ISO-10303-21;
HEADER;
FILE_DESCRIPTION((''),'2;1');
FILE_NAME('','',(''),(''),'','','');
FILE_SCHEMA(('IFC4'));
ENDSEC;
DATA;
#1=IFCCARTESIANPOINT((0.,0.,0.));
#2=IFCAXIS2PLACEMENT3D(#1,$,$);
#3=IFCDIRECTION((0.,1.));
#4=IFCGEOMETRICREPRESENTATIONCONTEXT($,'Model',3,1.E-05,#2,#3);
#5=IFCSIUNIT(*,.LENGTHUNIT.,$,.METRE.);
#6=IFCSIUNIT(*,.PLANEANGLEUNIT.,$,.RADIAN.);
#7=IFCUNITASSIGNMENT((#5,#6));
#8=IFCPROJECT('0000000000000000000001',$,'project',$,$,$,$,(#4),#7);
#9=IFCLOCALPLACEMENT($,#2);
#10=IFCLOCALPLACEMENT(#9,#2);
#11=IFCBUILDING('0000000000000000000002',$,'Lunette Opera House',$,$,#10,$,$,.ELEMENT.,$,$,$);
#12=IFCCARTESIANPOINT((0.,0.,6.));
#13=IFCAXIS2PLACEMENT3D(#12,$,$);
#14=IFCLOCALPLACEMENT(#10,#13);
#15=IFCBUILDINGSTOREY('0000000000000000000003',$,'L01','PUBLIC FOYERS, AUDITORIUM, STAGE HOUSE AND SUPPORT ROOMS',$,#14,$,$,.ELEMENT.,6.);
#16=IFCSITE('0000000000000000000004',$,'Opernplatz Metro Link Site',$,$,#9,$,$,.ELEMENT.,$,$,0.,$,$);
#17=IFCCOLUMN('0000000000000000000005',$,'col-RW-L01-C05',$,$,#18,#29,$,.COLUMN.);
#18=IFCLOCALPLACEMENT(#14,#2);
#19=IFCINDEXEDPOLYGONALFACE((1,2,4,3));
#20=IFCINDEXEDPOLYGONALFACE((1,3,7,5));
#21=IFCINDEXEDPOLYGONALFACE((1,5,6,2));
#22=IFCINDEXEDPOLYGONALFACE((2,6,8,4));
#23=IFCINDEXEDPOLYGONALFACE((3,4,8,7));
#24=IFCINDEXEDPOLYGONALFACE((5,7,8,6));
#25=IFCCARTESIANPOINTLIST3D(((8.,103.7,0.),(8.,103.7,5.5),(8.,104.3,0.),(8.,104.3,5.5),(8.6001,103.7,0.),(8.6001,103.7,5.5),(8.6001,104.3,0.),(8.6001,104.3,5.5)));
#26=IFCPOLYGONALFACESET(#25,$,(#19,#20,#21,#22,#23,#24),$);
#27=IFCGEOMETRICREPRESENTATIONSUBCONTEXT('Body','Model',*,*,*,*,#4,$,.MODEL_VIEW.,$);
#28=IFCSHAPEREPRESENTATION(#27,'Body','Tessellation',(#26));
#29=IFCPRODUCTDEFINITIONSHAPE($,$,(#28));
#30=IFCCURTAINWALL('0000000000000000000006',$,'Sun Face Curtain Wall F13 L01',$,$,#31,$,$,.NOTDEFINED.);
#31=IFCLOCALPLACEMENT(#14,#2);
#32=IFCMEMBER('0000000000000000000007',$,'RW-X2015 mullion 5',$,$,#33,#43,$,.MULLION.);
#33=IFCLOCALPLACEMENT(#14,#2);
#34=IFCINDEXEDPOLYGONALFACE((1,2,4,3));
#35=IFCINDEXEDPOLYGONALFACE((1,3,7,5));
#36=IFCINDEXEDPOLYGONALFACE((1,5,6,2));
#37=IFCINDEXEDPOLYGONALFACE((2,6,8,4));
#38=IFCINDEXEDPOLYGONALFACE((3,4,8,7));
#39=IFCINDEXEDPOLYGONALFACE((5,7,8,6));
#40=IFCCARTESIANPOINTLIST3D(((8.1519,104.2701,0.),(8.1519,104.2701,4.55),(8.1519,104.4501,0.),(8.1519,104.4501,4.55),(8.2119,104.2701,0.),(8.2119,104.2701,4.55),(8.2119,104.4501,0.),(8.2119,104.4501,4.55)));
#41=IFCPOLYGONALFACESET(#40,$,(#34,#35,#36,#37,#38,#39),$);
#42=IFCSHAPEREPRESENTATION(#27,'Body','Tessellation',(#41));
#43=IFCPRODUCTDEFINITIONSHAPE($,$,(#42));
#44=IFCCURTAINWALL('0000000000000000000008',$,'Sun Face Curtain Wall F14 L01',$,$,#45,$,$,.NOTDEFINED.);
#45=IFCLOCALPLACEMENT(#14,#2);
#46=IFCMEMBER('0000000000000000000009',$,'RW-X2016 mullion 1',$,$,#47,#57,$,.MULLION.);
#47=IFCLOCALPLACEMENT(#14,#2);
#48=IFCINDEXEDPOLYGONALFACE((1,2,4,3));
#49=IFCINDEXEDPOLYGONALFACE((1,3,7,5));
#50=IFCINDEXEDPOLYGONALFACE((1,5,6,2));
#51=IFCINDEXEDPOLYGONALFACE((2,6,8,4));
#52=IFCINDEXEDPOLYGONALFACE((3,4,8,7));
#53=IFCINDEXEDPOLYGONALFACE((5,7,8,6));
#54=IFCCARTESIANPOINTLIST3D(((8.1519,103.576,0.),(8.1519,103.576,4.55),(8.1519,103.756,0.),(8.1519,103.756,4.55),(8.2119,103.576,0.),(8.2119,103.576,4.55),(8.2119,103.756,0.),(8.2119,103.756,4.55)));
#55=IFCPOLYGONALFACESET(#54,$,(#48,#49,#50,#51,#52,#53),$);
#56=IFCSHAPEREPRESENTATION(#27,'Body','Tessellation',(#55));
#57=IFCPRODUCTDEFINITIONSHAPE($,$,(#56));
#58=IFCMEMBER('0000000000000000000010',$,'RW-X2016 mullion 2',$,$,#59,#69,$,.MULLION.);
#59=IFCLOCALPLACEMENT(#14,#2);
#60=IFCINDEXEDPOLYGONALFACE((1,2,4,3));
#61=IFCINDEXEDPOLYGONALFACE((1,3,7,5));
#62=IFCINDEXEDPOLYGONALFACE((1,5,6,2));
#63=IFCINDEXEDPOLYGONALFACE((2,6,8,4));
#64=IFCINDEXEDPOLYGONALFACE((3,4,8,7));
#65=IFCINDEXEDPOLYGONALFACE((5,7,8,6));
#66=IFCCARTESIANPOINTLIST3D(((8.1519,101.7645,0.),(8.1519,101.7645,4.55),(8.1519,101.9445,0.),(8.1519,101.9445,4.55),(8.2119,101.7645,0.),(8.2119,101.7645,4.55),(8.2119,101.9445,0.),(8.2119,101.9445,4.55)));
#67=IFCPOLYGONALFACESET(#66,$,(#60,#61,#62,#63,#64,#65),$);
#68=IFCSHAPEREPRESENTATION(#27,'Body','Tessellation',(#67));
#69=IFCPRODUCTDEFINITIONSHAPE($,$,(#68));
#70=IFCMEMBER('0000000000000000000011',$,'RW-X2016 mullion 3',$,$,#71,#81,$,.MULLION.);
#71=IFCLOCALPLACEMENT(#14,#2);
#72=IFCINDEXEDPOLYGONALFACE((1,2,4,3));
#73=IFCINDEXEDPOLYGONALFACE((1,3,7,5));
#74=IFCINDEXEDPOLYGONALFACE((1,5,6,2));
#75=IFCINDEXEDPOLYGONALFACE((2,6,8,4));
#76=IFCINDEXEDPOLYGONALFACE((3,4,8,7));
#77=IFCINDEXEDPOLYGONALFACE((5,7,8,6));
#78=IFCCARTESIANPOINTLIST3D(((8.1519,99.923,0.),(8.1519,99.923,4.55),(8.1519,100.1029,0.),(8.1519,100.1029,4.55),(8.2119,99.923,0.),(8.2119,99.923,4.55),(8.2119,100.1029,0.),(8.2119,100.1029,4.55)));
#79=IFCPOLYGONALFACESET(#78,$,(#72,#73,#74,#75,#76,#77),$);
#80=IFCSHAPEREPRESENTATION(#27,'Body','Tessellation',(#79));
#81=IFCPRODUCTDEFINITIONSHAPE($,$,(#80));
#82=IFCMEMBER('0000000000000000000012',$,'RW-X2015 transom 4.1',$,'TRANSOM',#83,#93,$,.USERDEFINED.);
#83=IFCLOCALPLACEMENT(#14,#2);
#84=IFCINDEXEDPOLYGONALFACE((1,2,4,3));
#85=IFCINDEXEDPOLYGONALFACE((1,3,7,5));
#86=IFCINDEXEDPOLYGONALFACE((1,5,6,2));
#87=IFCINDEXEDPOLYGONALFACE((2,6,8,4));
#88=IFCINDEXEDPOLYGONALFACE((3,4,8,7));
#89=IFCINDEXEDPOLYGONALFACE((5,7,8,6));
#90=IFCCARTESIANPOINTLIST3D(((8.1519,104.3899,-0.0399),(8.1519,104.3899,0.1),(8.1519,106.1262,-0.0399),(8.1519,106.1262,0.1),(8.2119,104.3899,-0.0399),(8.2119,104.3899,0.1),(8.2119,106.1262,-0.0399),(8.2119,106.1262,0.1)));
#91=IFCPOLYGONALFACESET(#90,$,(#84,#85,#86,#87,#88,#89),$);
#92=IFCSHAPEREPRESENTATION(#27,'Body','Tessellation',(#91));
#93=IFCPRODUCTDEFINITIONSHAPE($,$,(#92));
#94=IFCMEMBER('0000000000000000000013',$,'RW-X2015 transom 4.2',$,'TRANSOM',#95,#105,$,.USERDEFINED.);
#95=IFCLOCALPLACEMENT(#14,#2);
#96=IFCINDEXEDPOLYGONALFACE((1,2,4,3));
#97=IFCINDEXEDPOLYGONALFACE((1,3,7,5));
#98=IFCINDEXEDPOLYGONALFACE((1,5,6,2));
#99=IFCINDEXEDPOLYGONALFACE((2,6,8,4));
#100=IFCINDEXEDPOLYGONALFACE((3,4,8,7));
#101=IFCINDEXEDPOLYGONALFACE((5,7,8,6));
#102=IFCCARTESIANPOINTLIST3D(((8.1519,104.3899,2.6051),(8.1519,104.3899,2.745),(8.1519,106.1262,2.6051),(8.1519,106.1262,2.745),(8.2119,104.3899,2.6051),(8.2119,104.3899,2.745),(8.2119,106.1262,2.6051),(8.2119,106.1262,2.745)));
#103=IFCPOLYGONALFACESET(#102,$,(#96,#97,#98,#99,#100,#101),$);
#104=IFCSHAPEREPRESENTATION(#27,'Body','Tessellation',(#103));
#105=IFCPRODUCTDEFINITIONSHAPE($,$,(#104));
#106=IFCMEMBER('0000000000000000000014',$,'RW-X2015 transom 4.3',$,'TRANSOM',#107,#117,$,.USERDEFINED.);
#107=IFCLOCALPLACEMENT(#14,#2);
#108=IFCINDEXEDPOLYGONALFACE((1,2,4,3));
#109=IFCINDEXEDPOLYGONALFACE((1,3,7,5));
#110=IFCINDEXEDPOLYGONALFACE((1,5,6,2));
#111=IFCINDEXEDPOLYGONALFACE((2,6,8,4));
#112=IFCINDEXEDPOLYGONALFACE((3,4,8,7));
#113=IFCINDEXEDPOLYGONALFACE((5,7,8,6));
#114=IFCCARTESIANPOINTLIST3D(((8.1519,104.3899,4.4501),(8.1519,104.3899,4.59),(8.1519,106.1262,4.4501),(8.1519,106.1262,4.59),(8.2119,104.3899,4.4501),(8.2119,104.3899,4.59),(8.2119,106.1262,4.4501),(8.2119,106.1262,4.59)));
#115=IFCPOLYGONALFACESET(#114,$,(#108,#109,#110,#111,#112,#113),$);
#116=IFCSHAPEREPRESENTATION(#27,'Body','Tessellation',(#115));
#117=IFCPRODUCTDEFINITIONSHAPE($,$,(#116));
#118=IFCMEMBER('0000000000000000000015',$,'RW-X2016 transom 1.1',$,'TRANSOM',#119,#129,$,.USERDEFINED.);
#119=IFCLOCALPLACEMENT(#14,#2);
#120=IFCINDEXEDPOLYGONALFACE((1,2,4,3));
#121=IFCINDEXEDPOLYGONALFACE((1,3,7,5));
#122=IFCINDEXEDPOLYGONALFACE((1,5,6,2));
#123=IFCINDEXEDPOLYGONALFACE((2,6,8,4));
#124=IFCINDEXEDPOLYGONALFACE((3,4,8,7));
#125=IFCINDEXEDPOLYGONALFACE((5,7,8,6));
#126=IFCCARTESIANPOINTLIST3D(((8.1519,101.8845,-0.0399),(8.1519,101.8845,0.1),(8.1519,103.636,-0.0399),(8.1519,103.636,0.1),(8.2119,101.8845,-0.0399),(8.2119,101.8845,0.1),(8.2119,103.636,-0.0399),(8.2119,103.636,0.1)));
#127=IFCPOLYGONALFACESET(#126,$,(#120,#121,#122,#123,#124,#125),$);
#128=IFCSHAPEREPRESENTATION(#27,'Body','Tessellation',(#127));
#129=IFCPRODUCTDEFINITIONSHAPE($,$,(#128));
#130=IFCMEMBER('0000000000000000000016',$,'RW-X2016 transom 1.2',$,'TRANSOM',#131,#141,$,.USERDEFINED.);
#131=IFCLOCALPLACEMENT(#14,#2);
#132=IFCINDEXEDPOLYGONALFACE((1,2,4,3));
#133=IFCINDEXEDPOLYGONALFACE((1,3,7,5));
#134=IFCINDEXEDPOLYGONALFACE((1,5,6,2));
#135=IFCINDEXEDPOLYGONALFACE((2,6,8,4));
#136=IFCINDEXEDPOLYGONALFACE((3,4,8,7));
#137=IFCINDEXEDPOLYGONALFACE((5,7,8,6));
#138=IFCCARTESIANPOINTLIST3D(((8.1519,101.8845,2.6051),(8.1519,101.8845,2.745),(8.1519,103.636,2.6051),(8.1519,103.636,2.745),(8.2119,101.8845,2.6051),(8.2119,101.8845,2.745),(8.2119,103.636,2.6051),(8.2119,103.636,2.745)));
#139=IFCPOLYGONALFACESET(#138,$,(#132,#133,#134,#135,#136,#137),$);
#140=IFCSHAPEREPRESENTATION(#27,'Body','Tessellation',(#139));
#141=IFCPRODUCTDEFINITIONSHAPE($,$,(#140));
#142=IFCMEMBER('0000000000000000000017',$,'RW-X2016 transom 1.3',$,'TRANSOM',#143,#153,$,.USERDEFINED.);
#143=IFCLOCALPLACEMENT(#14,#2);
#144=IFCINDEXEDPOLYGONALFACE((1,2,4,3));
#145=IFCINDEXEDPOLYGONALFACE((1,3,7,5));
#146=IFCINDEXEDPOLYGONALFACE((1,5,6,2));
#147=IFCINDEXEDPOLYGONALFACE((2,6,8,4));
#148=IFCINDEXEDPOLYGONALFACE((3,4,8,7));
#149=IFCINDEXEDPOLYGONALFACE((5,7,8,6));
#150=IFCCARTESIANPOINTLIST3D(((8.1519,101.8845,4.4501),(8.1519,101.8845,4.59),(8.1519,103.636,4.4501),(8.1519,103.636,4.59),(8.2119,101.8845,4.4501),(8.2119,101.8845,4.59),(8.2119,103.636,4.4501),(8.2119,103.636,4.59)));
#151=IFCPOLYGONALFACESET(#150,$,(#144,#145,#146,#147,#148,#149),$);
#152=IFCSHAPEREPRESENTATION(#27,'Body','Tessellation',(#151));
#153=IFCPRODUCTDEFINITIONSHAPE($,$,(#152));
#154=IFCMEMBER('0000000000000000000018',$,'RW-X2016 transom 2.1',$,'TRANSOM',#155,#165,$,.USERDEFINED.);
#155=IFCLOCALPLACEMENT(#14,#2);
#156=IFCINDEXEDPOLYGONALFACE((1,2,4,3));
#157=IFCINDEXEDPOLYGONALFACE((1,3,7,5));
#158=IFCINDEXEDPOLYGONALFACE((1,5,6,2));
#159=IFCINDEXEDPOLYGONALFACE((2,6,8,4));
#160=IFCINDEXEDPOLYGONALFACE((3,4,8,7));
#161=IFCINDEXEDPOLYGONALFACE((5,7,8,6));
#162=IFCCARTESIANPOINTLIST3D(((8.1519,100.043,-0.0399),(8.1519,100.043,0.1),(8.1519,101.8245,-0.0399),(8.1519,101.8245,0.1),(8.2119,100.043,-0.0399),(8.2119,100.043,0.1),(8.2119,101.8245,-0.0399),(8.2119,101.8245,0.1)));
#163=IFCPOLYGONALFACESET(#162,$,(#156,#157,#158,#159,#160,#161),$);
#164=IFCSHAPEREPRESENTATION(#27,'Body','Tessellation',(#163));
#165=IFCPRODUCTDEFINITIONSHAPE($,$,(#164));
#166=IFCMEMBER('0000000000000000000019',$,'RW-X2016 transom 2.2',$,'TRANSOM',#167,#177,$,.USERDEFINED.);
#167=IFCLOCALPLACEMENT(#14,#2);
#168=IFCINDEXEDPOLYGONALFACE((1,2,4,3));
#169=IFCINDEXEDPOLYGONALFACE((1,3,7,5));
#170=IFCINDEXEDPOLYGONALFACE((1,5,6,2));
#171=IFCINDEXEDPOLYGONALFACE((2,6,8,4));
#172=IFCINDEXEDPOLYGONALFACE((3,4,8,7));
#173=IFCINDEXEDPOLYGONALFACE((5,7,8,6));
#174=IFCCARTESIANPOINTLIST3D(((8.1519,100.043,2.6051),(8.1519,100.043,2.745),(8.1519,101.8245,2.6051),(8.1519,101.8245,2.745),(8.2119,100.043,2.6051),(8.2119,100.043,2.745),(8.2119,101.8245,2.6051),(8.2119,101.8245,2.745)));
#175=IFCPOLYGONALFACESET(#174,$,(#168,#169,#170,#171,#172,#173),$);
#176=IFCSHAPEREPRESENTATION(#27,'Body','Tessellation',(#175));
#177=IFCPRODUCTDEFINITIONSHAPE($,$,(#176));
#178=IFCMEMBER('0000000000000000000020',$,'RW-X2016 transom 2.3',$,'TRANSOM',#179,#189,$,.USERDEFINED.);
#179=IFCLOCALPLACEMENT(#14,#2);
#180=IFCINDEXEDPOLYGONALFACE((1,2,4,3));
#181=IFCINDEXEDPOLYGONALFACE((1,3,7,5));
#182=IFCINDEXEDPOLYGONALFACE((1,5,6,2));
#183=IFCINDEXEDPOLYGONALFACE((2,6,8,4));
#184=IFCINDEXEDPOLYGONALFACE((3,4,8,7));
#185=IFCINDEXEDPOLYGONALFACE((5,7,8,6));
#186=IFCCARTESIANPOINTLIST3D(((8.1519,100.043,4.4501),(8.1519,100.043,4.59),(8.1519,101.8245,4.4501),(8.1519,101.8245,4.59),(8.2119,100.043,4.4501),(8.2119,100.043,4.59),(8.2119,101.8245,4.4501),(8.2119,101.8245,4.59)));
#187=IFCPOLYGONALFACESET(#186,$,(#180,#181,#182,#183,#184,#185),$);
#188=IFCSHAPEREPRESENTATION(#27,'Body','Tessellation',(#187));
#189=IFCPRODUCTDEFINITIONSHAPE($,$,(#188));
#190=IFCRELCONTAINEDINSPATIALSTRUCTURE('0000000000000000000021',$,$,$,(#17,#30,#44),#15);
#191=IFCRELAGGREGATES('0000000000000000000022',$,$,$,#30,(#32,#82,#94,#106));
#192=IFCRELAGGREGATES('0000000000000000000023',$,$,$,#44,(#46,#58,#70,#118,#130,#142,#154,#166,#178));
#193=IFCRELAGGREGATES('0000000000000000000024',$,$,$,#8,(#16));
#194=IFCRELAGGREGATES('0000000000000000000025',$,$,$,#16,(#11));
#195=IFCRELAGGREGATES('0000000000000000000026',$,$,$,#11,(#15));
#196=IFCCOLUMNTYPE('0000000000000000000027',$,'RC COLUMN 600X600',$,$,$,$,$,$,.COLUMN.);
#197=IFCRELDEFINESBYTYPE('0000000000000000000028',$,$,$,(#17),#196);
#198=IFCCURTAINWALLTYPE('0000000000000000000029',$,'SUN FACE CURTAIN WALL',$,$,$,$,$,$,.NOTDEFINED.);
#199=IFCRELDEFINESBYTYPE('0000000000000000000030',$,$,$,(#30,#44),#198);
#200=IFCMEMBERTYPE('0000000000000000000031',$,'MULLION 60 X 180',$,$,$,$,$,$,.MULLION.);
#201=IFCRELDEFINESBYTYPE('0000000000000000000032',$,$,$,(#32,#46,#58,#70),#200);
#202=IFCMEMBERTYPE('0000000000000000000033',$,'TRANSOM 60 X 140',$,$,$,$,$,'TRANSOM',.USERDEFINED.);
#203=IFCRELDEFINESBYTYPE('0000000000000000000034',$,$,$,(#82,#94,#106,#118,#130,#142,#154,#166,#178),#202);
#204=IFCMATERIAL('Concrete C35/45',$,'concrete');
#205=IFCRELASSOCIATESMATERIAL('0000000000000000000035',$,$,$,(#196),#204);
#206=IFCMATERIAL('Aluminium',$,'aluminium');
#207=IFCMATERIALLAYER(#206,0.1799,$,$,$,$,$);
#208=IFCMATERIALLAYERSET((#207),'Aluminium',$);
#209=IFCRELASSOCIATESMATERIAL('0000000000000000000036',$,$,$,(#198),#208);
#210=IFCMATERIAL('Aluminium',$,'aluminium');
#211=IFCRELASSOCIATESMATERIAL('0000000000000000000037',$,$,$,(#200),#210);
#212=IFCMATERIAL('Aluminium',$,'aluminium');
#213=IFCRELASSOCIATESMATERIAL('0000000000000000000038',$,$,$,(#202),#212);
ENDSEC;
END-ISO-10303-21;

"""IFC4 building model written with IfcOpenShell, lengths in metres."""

from ifc_helpers import new_model, si_unit, direction, frame, origin, origin_2d, place, context, subcontext, project, spatial, rectangle, extrude, material, layer, layer_set, material_profile, profile_set, type_object, element, aggregate, save


model = new_model("IFC4")

# Units and contexts
model_context = context("Model", 3, precision=1e-05, world=origin(), true_north=direction((0.0, 1.0)))
body_context = subcontext(model_context, "Body", "Model", "MODEL_VIEW")
ifc_project = project(units=[si_unit("LENGTHUNIT", "METRE"), si_unit("PLANEANGLEUNIT", "RADIAN")], contexts=[model_context])

# Site, building, storey
site_placement = place(None, origin())
site = spatial("IfcSite", under=ifc_project, at=site_placement, Name="Opernplatz Metro Link Site", CompositionType="ELEMENT", RefElevation=0.0)
building_placement = place(site_placement, origin())
building = spatial("IfcBuilding", under=site, at=building_placement, Name="Lunette Opera House", CompositionType="ELEMENT")
storey_placement = place(building_placement, frame((0.0, 0.0, 6.0)))
storey = spatial("IfcBuildingStorey", under=building, at=storey_placement, Name="L01", Description="PUBLIC FOYERS, AUDITORIUM, STAGE HOUSE AND SUPPORT ROOMS", CompositionType="ELEMENT", Elevation=6.0)

# Column
ifc_material_1 = material(Name="Concrete C35/45", Category="concrete")
ifc_material_profile_1 = material_profile(ifc_material_1, rectangle(XDim=0.6001, YDim=0.6001, at=origin_2d()), Name="RC COLUMN 600X600")
ifc_profile_set_1 = profile_set([ifc_material_profile_1], Name="Concrete C35/45")
column_type = type_object("IfcColumnType", Name="RC COLUMN 600X600", PredefinedType="COLUMN", material=ifc_profile_set_1)
column_placement = place(storey_placement, frame((8.3, 104.0, 0.0), z_axis=(0.0, 0.0, 1.0), x_axis=(1.0, 0.0, 0.0)))
element("IfcColumn", 1, at=column_placement, inside=storey, type_object=column_type, Name="col-RW-L01-C05", PredefinedType="COLUMN", context=body_context, shape_type="SweptSolid", body=[
    extrude(rectangle(XDim=0.6001, YDim=0.6001, at=origin_2d()), origin(), (0.0, 0.0, 1.0), 5.5),
])

# Curtain wall, member
ifc_material_2 = material(Name="Aluminium", Category="aluminium")
ifc_layer_1 = layer(ifc_material_2, 0.1799)
ifc_layer_set_1 = layer_set([ifc_layer_1], Name="Aluminium")
curtain_wall_type = type_object("IfcCurtainWallType", Name="SUN FACE CURTAIN WALL", PredefinedType="NOTDEFINED", material=ifc_layer_set_1)
curtain_wall_1_placement = place(storey_placement, origin())
curtain_wall_1 = element("IfcCurtainWall", 2, at=curtain_wall_1_placement, inside=storey, type_object=curtain_wall_type, Name="Sun Face Curtain Wall F13 L01", PredefinedType="NOTDEFINED")
ifc_material_3 = material(Name="Aluminium", Category="aluminium")
ifc_material_profile_2 = material_profile(ifc_material_3, rectangle(XDim=0.0601, YDim=0.1799, at=origin_2d()), Name="MULLION 60 X 180")
ifc_profile_set_2 = profile_set([ifc_material_profile_2], Name="Aluminium")
member_type_1 = type_object("IfcMemberType", Name="MULLION 60 X 180", PredefinedType="MULLION", material=ifc_profile_set_2)
member_1_placement = place(storey_placement, frame((8.1819, 104.3601, 0.0), z_axis=(0.0, 0.0, 1.0), x_axis=(1.0, 0.0, 0.0)))
member_1 = element("IfcMember", 3, at=member_1_placement, type_object=member_type_1, Name="RW-X2015 mullion 5", PredefinedType="MULLION", context=body_context, shape_type="SweptSolid", body=[
    extrude(rectangle(XDim=0.0601, YDim=0.1799, at=origin_2d()), origin(), (0.0, 0.0, 1.0), 4.55),
])

# Curtain wall, members
curtain_wall_2_placement = place(storey_placement, origin())
curtain_wall_2 = element("IfcCurtainWall", 4, at=curtain_wall_2_placement, inside=storey, type_object=curtain_wall_type, Name="Sun Face Curtain Wall F14 L01", PredefinedType="NOTDEFINED")
member_2_placement = place(storey_placement, frame((8.1819, 103.666, 0.0), z_axis=(0.0, 0.0, 1.0), x_axis=(1.0, 0.0, 0.0)))
member_2 = element("IfcMember", 5, at=member_2_placement, type_object=member_type_1, Name="RW-X2016 mullion 1", PredefinedType="MULLION", context=body_context, shape_type="SweptSolid", body=[
    extrude(rectangle(XDim=0.0601, YDim=0.1799, at=origin_2d()), origin(), (0.0, 0.0, 1.0), 4.55),
])
member_3_placement = place(storey_placement, frame((8.1819, 101.8545, 0.0), z_axis=(0.0, 0.0, 1.0), x_axis=(1.0, 0.0, 0.0)))
member_3 = element("IfcMember", 6, at=member_3_placement, type_object=member_type_1, Name="RW-X2016 mullion 2", PredefinedType="MULLION", context=body_context, shape_type="SweptSolid", body=[
    extrude(rectangle(XDim=0.0601, YDim=0.1799, at=origin_2d()), origin(), (0.0, 0.0, 1.0), 4.55),
])
member_4_placement = place(storey_placement, frame((8.1819, 100.0129, 0.0), z_axis=(0.0, 0.0, 1.0), x_axis=(1.0, 0.0, 0.0)))
member_4 = element("IfcMember", 7, at=member_4_placement, type_object=member_type_1, Name="RW-X2016 mullion 3", PredefinedType="MULLION", context=body_context, shape_type="SweptSolid", body=[
    extrude(rectangle(XDim=0.0601, YDim=0.1799, at=origin_2d()), origin(), (0.0, 0.0, 1.0), 4.55),
])

# Members
ifc_material_4 = material(Name="Aluminium", Category="aluminium")
ifc_material_profile_3 = material_profile(ifc_material_4, rectangle(XDim=0.0601, YDim=0.1399, at=origin_2d()), Name="TRANSOM 60 X 140")
ifc_profile_set_3 = profile_set([ifc_material_profile_3], Name="Aluminium")
member_type_2 = type_object("IfcMemberType", Name="TRANSOM 60 X 140", ElementType="TRANSOM", PredefinedType="USERDEFINED", material=ifc_profile_set_3)
member_5_placement = place(storey_placement, frame((8.1819, 106.1262, 0.03), z_axis=(0.0, -1.0, 0.0), x_axis=(1.0, 0.0, 0.0)))
member_5 = element("IfcMember", 8, at=member_5_placement, type_object=member_type_2, Name="RW-X2015 transom 4.1", ObjectType="TRANSOM", PredefinedType="USERDEFINED", context=body_context, shape_type="SweptSolid", body=[
    extrude(rectangle(XDim=0.0601, YDim=0.1399, at=origin_2d()), origin(), (0.0, 0.0, 1.0), 1.7363),
])
member_6_placement = place(storey_placement, frame((8.1819, 106.1262, 2.675), z_axis=(0.0, -1.0, 0.0), x_axis=(1.0, 0.0, 0.0)))
member_6 = element("IfcMember", 9, at=member_6_placement, type_object=member_type_2, Name="RW-X2015 transom 4.2", ObjectType="TRANSOM", PredefinedType="USERDEFINED", context=body_context, shape_type="SweptSolid", body=[
    extrude(rectangle(XDim=0.0601, YDim=0.1399, at=origin_2d()), origin(), (0.0, 0.0, 1.0), 1.7363),
])
member_7_placement = place(storey_placement, frame((8.1819, 106.1262, 4.52), z_axis=(0.0, -1.0, 0.0), x_axis=(1.0, 0.0, 0.0)))
member_7 = element("IfcMember", 10, at=member_7_placement, type_object=member_type_2, Name="RW-X2015 transom 4.3", ObjectType="TRANSOM", PredefinedType="USERDEFINED", context=body_context, shape_type="SweptSolid", body=[
    extrude(rectangle(XDim=0.0601, YDim=0.1399, at=origin_2d()), origin(), (0.0, 0.0, 1.0), 1.7363),
])
member_8_placement = place(storey_placement, frame((8.1819, 103.636, 0.03), z_axis=(0.0, -1.0, 0.0), x_axis=(1.0, 0.0, 0.0)))
member_8 = element("IfcMember", 11, at=member_8_placement, type_object=member_type_2, Name="RW-X2016 transom 1.1", ObjectType="TRANSOM", PredefinedType="USERDEFINED", context=body_context, shape_type="SweptSolid", body=[
    extrude(rectangle(XDim=0.0601, YDim=0.1399, at=origin_2d()), origin(), (0.0, 0.0, 1.0), 1.7515),
])
member_9_placement = place(storey_placement, frame((8.1819, 103.636, 2.675), z_axis=(0.0, -1.0, 0.0), x_axis=(1.0, 0.0, 0.0)))
member_9 = element("IfcMember", 12, at=member_9_placement, type_object=member_type_2, Name="RW-X2016 transom 1.2", ObjectType="TRANSOM", PredefinedType="USERDEFINED", context=body_context, shape_type="SweptSolid", body=[
    extrude(rectangle(XDim=0.0601, YDim=0.1399, at=origin_2d()), origin(), (0.0, 0.0, 1.0), 1.7515),
])
member_10_placement = place(storey_placement, frame((8.1819, 103.636, 4.52), z_axis=(0.0, -1.0, 0.0), x_axis=(1.0, 0.0, 0.0)))
member_10 = element("IfcMember", 13, at=member_10_placement, type_object=member_type_2, Name="RW-X2016 transom 1.3", ObjectType="TRANSOM", PredefinedType="USERDEFINED", context=body_context, shape_type="SweptSolid", body=[
    extrude(rectangle(XDim=0.0601, YDim=0.1399, at=origin_2d()), origin(), (0.0, 0.0, 1.0), 1.7515),
])
member_11_placement = place(storey_placement, frame((8.1819, 101.8245, 0.03), z_axis=(0.0, -1.0, 0.0), x_axis=(1.0, 0.0, 0.0)))
member_11 = element("IfcMember", 14, at=member_11_placement, type_object=member_type_2, Name="RW-X2016 transom 2.1", ObjectType="TRANSOM", PredefinedType="USERDEFINED", context=body_context, shape_type="SweptSolid", body=[
    extrude(rectangle(XDim=0.0601, YDim=0.1399, at=origin_2d()), origin(), (0.0, 0.0, 1.0), 1.7815),
])
member_12_placement = place(storey_placement, frame((8.1819, 101.8245, 2.675), z_axis=(0.0, -1.0, 0.0), x_axis=(1.0, 0.0, 0.0)))
member_12 = element("IfcMember", 15, at=member_12_placement, type_object=member_type_2, Name="RW-X2016 transom 2.2", ObjectType="TRANSOM", PredefinedType="USERDEFINED", context=body_context, shape_type="SweptSolid", body=[
    extrude(rectangle(XDim=0.0601, YDim=0.1399, at=origin_2d()), origin(), (0.0, 0.0, 1.0), 1.7815),
])
member_13_placement = place(storey_placement, frame((8.1819, 101.8245, 4.52), z_axis=(0.0, -1.0, 0.0), x_axis=(1.0, 0.0, 0.0)))
member_13 = element("IfcMember", 16, at=member_13_placement, type_object=member_type_2, Name="RW-X2016 transom 2.3", ObjectType="TRANSOM", PredefinedType="USERDEFINED", context=body_context, shape_type="SweptSolid", body=[
    extrude(rectangle(XDim=0.0601, YDim=0.1399, at=origin_2d()), origin(), (0.0, 0.0, 1.0), 1.7815),
])

aggregate(curtain_wall_1, [member_1, member_5, member_6, member_7])
aggregate(curtain_wall_2, [member_2, member_3, member_4, member_8, member_9, member_10, member_11, member_12, member_13])

save(model, "model.ifc")
